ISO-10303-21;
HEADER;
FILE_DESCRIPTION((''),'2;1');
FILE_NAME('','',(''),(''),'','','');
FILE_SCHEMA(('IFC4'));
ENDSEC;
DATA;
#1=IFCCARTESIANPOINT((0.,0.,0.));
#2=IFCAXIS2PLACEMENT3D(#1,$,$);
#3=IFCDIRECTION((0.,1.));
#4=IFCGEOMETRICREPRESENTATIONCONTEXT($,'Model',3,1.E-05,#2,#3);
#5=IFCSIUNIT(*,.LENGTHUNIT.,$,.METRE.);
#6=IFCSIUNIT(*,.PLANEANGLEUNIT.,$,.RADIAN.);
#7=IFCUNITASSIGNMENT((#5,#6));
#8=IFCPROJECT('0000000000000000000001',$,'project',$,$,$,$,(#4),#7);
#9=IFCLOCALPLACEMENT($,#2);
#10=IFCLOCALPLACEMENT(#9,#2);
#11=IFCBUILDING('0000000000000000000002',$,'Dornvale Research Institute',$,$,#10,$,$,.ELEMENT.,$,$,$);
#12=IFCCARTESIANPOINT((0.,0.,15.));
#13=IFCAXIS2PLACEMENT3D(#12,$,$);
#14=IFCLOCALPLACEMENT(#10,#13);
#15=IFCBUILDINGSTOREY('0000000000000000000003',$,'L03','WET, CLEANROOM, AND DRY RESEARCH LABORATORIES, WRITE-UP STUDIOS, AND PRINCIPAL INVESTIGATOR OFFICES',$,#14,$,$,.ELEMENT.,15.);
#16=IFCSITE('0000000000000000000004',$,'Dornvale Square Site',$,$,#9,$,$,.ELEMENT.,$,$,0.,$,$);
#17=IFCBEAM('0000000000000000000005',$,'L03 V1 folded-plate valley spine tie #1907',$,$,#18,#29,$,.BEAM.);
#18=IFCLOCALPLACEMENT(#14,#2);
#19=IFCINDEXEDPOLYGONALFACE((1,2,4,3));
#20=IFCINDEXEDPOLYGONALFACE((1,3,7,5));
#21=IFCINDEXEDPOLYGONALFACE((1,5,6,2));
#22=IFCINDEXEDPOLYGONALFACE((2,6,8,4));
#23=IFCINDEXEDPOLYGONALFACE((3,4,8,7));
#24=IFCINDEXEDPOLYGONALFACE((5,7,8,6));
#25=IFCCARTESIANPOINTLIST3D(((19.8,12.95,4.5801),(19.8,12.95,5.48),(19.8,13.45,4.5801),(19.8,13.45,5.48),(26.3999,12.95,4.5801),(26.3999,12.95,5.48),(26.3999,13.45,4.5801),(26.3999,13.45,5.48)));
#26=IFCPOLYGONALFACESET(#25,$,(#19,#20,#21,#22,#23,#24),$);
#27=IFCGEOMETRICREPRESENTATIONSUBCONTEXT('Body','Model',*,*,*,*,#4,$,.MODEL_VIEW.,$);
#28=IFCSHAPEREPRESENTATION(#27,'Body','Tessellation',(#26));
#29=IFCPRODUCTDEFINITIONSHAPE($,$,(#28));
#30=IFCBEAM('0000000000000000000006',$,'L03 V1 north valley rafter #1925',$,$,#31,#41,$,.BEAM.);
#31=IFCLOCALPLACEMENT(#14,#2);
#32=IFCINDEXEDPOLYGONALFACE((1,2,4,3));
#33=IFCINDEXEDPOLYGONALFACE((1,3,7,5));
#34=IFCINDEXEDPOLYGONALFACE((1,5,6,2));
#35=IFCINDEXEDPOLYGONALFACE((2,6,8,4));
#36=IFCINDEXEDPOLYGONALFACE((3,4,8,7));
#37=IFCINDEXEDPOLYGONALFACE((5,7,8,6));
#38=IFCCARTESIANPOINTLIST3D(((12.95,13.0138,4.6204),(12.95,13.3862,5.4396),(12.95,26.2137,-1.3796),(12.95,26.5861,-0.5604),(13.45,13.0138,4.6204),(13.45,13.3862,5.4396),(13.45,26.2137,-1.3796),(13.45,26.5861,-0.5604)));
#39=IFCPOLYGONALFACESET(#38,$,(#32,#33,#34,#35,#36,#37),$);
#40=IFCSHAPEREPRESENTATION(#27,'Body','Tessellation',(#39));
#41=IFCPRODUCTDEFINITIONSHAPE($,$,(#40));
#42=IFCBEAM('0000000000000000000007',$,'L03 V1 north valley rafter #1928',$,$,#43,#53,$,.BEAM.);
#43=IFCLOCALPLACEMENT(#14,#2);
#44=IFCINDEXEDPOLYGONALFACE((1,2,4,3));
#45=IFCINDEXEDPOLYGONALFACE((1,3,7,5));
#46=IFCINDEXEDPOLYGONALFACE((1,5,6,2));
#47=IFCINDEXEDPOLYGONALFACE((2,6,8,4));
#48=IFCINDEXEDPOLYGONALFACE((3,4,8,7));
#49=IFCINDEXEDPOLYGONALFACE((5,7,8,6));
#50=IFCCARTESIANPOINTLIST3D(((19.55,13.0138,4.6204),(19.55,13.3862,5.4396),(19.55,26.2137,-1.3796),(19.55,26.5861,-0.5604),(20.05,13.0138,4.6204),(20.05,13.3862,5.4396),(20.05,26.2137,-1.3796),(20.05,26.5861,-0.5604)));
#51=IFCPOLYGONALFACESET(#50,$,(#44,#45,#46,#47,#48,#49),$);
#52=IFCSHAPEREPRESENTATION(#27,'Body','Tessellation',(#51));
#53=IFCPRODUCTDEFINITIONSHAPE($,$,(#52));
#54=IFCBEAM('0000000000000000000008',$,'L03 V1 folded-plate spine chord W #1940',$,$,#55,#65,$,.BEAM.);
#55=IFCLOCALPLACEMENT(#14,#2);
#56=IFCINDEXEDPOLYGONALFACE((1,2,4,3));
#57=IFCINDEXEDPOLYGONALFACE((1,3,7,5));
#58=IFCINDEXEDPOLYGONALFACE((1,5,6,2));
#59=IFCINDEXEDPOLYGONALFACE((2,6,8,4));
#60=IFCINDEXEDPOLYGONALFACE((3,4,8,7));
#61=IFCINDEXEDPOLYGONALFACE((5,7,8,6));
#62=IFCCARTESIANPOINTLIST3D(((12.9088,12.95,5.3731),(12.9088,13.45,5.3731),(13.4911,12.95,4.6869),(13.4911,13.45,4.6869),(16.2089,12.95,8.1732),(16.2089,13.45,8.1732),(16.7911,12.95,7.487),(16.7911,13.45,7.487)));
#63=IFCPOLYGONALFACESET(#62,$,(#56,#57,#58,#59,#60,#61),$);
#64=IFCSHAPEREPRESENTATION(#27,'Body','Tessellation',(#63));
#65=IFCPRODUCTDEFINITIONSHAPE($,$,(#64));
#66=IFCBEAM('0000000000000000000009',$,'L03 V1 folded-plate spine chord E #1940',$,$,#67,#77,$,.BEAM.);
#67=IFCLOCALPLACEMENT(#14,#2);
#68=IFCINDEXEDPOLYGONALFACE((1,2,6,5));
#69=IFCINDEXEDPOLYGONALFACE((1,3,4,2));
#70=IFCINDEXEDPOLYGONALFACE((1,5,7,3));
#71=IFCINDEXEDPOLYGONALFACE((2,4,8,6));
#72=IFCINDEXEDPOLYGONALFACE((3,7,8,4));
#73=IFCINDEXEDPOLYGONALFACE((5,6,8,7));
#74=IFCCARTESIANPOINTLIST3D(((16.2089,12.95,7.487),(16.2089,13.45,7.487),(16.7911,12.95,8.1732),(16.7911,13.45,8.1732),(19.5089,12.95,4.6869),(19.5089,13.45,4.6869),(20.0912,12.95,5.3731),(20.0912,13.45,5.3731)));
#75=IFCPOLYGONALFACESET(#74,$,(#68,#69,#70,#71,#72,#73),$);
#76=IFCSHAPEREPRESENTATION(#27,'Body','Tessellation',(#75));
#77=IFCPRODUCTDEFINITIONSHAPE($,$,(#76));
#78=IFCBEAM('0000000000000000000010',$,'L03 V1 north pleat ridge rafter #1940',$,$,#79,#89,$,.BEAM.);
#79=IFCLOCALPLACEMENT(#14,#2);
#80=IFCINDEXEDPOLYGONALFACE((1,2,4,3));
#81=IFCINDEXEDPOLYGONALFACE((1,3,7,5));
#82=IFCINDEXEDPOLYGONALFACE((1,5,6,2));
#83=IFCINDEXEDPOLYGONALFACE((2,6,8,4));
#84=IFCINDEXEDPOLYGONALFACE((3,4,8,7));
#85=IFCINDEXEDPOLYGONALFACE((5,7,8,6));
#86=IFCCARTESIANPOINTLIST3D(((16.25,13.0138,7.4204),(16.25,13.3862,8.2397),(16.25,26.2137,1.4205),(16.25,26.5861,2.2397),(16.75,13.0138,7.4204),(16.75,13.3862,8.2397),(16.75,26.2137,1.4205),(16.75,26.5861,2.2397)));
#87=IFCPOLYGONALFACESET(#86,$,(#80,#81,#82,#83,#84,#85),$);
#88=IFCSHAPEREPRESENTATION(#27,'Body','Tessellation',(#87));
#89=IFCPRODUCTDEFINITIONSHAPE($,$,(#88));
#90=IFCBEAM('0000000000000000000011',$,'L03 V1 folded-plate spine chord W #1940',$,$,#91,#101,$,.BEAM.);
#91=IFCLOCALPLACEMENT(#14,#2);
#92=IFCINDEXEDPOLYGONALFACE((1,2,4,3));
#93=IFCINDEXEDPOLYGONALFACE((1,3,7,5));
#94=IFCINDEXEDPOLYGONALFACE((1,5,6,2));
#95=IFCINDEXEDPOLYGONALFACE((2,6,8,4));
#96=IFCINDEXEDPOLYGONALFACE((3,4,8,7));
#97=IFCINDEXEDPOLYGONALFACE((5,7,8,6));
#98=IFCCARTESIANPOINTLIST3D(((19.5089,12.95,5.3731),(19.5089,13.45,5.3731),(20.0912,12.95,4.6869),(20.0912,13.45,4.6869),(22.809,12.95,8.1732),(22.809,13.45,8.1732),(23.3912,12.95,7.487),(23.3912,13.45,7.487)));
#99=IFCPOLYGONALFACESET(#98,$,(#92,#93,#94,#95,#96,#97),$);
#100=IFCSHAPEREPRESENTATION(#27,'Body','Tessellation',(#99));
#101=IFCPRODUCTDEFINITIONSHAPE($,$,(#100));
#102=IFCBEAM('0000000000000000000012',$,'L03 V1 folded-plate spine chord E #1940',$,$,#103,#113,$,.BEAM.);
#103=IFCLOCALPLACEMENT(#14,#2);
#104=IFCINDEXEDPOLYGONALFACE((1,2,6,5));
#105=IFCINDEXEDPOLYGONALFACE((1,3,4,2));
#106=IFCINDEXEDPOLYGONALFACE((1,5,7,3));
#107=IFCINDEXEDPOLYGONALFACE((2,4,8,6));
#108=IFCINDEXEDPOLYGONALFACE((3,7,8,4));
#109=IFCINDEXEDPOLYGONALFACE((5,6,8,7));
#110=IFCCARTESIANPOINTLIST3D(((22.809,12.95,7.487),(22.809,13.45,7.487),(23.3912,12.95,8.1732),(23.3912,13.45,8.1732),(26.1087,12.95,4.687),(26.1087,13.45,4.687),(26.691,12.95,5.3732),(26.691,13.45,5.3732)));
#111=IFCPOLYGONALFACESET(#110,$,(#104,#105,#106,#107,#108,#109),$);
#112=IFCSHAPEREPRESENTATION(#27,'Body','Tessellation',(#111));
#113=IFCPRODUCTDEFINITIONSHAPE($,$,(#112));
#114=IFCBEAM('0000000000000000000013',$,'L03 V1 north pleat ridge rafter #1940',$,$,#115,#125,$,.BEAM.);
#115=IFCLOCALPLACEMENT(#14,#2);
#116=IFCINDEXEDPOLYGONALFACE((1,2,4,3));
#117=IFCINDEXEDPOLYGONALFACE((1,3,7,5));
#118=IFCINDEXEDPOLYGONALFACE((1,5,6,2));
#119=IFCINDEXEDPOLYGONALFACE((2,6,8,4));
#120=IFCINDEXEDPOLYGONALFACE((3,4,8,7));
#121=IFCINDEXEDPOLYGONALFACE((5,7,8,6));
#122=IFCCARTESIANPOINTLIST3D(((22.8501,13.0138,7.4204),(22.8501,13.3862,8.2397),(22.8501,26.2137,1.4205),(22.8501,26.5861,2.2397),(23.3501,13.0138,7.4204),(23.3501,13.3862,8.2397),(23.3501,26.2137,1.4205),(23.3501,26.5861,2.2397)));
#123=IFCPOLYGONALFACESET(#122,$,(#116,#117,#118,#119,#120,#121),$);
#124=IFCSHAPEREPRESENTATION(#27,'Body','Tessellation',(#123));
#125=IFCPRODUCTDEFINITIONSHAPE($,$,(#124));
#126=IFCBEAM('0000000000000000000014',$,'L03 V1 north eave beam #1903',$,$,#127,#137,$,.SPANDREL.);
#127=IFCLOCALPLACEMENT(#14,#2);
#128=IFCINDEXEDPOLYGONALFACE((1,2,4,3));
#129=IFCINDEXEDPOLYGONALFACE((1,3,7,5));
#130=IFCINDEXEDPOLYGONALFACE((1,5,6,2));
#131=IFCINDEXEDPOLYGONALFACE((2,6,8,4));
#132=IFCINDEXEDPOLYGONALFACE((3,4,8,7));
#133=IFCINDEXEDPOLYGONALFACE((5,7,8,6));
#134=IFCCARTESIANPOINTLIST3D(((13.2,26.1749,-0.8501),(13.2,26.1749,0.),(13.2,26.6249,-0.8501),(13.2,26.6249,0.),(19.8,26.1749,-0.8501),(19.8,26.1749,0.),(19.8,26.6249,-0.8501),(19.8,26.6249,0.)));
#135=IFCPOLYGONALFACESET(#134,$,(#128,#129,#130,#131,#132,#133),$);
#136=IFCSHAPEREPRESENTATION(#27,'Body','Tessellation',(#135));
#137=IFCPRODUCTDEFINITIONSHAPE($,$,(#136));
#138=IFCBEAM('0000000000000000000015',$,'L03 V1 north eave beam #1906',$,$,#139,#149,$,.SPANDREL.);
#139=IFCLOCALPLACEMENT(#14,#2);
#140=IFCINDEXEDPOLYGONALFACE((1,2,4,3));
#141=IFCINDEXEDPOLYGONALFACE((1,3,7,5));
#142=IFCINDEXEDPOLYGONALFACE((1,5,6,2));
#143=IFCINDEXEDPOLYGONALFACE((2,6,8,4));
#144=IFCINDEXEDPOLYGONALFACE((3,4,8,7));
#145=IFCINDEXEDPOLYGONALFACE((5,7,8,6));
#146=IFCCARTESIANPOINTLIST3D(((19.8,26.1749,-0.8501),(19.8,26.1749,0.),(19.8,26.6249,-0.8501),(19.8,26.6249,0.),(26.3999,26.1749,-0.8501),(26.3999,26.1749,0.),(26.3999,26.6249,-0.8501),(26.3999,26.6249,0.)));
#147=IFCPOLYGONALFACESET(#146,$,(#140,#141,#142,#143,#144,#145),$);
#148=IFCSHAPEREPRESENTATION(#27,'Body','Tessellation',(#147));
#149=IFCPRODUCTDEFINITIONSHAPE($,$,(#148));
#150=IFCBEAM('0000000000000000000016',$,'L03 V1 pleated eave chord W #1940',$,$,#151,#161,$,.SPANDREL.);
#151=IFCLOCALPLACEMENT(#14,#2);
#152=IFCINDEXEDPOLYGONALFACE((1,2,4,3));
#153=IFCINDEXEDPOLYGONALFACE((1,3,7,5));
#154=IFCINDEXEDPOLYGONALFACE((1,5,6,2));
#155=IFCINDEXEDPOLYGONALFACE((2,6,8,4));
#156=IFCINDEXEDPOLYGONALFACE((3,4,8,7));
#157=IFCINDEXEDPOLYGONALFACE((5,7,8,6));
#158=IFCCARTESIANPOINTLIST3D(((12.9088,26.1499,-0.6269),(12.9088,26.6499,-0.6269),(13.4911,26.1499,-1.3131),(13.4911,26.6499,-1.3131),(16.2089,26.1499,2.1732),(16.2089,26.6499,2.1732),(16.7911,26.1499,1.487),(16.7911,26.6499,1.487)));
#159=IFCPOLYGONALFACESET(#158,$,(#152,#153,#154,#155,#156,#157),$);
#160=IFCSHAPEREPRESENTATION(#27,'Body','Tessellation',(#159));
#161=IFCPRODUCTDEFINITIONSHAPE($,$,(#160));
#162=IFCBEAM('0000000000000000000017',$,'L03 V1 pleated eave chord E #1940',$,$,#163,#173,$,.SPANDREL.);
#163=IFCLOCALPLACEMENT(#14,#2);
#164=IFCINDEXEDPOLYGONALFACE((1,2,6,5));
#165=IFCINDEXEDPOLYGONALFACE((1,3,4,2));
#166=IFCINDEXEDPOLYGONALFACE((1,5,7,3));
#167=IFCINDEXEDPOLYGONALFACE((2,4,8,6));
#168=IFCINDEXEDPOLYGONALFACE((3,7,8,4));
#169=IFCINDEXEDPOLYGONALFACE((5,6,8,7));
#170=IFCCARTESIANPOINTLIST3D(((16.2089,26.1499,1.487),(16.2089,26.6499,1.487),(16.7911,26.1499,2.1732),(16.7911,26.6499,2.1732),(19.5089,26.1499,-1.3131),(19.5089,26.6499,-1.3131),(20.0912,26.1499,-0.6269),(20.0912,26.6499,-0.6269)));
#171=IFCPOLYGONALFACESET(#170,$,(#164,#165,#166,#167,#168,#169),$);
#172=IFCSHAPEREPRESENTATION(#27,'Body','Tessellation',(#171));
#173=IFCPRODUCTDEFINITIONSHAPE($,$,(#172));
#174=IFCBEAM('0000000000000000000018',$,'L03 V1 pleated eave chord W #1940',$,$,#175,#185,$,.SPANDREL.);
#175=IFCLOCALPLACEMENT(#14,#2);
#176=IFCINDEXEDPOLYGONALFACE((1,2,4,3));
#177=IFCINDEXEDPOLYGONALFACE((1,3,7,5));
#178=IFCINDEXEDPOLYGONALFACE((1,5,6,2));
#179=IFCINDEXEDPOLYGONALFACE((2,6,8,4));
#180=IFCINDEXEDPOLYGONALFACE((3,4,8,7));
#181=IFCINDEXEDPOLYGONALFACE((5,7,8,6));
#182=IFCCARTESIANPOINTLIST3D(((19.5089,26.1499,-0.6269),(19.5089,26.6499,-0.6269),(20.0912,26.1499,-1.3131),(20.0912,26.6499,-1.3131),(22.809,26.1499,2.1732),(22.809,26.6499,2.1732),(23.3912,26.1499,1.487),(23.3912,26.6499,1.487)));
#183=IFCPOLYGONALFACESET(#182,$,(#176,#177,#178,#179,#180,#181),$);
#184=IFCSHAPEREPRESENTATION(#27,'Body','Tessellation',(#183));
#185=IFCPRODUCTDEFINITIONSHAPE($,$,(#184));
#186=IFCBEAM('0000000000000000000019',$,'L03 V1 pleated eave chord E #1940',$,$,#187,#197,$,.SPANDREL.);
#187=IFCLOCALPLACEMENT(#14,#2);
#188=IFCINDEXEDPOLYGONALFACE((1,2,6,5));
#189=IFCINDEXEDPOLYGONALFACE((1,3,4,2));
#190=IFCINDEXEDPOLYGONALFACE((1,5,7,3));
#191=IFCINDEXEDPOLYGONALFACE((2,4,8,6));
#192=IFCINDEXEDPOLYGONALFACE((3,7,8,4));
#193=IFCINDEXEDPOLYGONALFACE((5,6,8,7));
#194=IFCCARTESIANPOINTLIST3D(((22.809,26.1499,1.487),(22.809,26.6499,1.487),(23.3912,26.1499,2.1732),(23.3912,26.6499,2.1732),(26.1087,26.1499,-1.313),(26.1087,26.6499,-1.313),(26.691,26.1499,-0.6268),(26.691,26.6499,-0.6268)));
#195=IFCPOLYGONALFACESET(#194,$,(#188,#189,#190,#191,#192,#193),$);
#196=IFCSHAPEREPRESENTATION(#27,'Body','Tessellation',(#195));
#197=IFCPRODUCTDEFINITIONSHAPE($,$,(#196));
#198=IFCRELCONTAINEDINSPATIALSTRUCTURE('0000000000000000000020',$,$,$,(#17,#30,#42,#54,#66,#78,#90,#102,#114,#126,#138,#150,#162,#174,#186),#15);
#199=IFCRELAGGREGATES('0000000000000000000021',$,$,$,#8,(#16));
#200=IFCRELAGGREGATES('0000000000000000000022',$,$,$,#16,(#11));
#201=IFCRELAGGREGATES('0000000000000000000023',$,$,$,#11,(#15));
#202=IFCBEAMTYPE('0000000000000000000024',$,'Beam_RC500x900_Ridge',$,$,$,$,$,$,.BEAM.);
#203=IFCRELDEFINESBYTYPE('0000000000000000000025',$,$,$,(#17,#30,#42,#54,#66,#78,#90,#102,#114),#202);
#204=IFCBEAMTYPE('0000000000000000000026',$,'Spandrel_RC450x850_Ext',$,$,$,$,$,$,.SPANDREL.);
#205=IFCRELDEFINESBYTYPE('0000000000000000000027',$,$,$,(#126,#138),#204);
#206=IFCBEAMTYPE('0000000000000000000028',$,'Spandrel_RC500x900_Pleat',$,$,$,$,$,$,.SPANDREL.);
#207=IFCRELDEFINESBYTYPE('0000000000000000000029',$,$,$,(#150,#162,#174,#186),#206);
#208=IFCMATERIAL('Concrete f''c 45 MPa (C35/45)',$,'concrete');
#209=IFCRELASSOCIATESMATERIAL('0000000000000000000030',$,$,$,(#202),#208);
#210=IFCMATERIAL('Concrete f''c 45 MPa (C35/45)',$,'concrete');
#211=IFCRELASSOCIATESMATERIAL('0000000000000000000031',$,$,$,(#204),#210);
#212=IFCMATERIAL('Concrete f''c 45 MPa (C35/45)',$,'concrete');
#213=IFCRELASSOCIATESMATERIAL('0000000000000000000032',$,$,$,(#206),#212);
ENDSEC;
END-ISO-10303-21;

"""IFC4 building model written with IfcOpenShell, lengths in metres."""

from ifc_helpers import new_model, si_unit, direction, frame, origin, origin_2d, place, context, subcontext, project, spatial, rectangle, extrude, material, material_profile, profile_set, type_object, element, save


model = new_model("IFC4")

# Units and contexts
model_context = context("Model", 3, precision=1e-05, world=origin(), true_north=direction((0.0, 1.0)))
body_context = subcontext(model_context, "Body", "Model", "MODEL_VIEW")
ifc_project = project(units=[si_unit("LENGTHUNIT", "METRE"), si_unit("PLANEANGLEUNIT", "RADIAN")], contexts=[model_context])

# Site, building, storey
site_placement = place(None, origin())
site = spatial("IfcSite", under=ifc_project, at=site_placement, Name="Dornvale Square Site", CompositionType="ELEMENT", RefElevation=0.0)
building_placement = place(site_placement, origin())
building = spatial("IfcBuilding", under=site, at=building_placement, Name="Dornvale Research Institute", CompositionType="ELEMENT")
storey_placement = place(building_placement, frame((0.0, 0.0, 15.0)))
storey = spatial("IfcBuildingStorey", under=building, at=storey_placement, Name="L03", Description="WET, CLEANROOM, AND DRY RESEARCH LABORATORIES, WRITE-UP STUDIOS, AND PRINCIPAL INVESTIGATOR OFFICES", CompositionType="ELEMENT", Elevation=15.0)

# Beams
ifc_material_1 = material(Name="Concrete f'c 45 MPa (C35/45)", Category="concrete")
ifc_material_profile_1 = material_profile(ifc_material_1, rectangle(XDim=0.5, YDim=0.8999, at=origin_2d()), Name="RC 500x900")
ifc_profile_set_1 = profile_set([ifc_material_profile_1], Name="Concrete f'c 45 MPa (C35/45)")
beam_type_1 = type_object("IfcBeamType", Name="Beam_RC500x900_Ridge", PredefinedType="BEAM", material=ifc_profile_set_1)
beam_1_placement = place(storey_placement, frame((19.8, 13.2, 5.03), z_axis=(1.0, 0.0, 0.0), x_axis=(0.0, 1.0, 0.0)))
element("IfcBeam", 1, at=beam_1_placement, inside=storey, type_object=beam_type_1, Name="L03 V1 folded-plate valley spine tie #1907", PredefinedType="BEAM", context=body_context, shape_type="SweptSolid", body=[
    extrude(rectangle(XDim=0.5, YDim=0.8999, at=origin_2d()), origin(), (0.0, 0.0, 1.0), 6.5999),
])
for number, where, z_axis, x_axis, name in (
    (2, (13.2, 26.3999, -0.97), (0.0, -0.910366, 0.413804), (1.0, 0.0, 0.0), "L03 V1 north valley rafter #1925"),
    (3, (19.8, 26.3999, -0.97), (0.0, -0.910366, 0.413804), (1.0, 0.0, 0.0), "L03 V1 north valley rafter #1928"),
):
    element("IfcBeam", number, at=place(storey_placement, frame(where, z_axis=z_axis, x_axis=x_axis)), inside=storey, type_object=beam_type_1, Name=name, PredefinedType="BEAM", context=body_context, shape_type="SweptSolid", body=[
        extrude(rectangle(XDim=0.5, YDim=0.8999, at=origin_2d()), origin(), (0.0, 0.0, 1.0), 14.4995),
    ])
for number, where, z_axis, x_axis, name in (
    (4, (13.2, 13.2, 5.03), (0.762508, 0.0, 0.646978), (0.0, 1.0, 0.0), "L03 V1 folded-plate spine chord W #1940"),
    (5, (16.5, 13.2, 7.8301), (0.762508, 0.0, -0.646978), (0.0, 1.0, 0.0), "L03 V1 folded-plate spine chord E #1940"),
):
    element("IfcBeam", number, at=place(storey_placement, frame(where, z_axis=z_axis, x_axis=x_axis)), inside=storey, type_object=beam_type_1, Name=name, PredefinedType="BEAM", context=body_context, shape_type="SweptSolid", body=[
        extrude(rectangle(XDim=0.5, YDim=0.8999, at=origin_2d()), origin(), (0.0, 0.0, 1.0), 4.3279),
    ])
beam_2_placement = place(storey_placement, frame((16.5, 26.3999, 1.8301), z_axis=(0.0, -0.910366, 0.413804), x_axis=(1.0, 0.0, 0.0)))
element("IfcBeam", 6, at=beam_2_placement, inside=storey, type_object=beam_type_1, Name="L03 V1 north pleat ridge rafter #1940", PredefinedType="BEAM", context=body_context, shape_type="SweptSolid", body=[
    extrude(rectangle(XDim=0.5, YDim=0.8999, at=origin_2d()), origin(), (0.0, 0.0, 1.0), 14.4995),
])
beam_3_placement = place(storey_placement, frame((19.8, 13.2, 5.03), z_axis=(0.762508, 0.0, 0.646978), x_axis=(0.0, 1.0, 0.0)))
element("IfcBeam", 7, at=beam_3_placement, inside=storey, type_object=beam_type_1, Name="L03 V1 folded-plate spine chord W #1940", PredefinedType="BEAM", context=body_context, shape_type="SweptSolid", body=[
    extrude(rectangle(XDim=0.5, YDim=0.8999, at=origin_2d()), origin(), (0.0, 0.0, 1.0), 4.3279),
])
beam_4_placement = place(storey_placement, frame((23.1001, 13.2, 7.8301), z_axis=(0.762485, 0.0, -0.647006), x_axis=(0.0, 1.0, 0.0)))
element("IfcBeam", 8, at=beam_4_placement, inside=storey, type_object=beam_type_1, Name="L03 V1 folded-plate spine chord E #1940", PredefinedType="BEAM", context=body_context, shape_type="SweptSolid", body=[
    extrude(rectangle(XDim=0.5, YDim=0.8999, at=origin_2d()), origin(), (0.0, 0.0, 1.0), 4.3276),
])
beam_5_placement = place(storey_placement, frame((23.1001, 26.3999, 1.8301), z_axis=(0.0, -0.910366, 0.413804), x_axis=(1.0, 0.0, 0.0)))
element("IfcBeam", 9, at=beam_5_placement, inside=storey, type_object=beam_type_1, Name="L03 V1 north pleat ridge rafter #1940", PredefinedType="BEAM", context=body_context, shape_type="SweptSolid", body=[
    extrude(rectangle(XDim=0.5, YDim=0.8999, at=origin_2d()), origin(), (0.0, 0.0, 1.0), 14.4995),
])
ifc_material_2 = material(Name="Concrete f'c 45 MPa (C35/45)", Category="concrete")
ifc_material_profile_2 = material_profile(ifc_material_2, rectangle(XDim=0.45, YDim=0.8501, at=origin_2d()), Name="RC 450x850")
ifc_profile_set_2 = profile_set([ifc_material_profile_2], Name="Concrete f'c 45 MPa (C35/45)")
beam_type_2 = type_object("IfcBeamType", Name="Spandrel_RC450x850_Ext", PredefinedType="SPANDREL", material=ifc_profile_set_2)
beam_6_placement = place(storey_placement, frame((13.2, 26.3999, -0.425), z_axis=(1.0, 0.0, 0.0), x_axis=(0.0, 1.0, 0.0)))
element("IfcBeam", 10, at=beam_6_placement, inside=storey, type_object=beam_type_2, Name="L03 V1 north eave beam #1903", PredefinedType="SPANDREL", context=body_context, shape_type="SweptSolid", body=[
    extrude(rectangle(XDim=0.45, YDim=0.8501, at=origin_2d()), origin(), (0.0, 0.0, 1.0), 6.6001),
])
beam_7_placement = place(storey_placement, frame((19.8, 26.3999, -0.425), z_axis=(1.0, 0.0, 0.0), x_axis=(0.0, 1.0, 0.0)))
element("IfcBeam", 11, at=beam_7_placement, inside=storey, type_object=beam_type_2, Name="L03 V1 north eave beam #1906", PredefinedType="SPANDREL", context=body_context, shape_type="SweptSolid", body=[
    extrude(rectangle(XDim=0.45, YDim=0.8501, at=origin_2d()), origin(), (0.0, 0.0, 1.0), 6.5999),
])
ifc_material_3 = material(Name="Concrete f'c 45 MPa (C35/45)", Category="concrete")
ifc_material_profile_3 = material_profile(ifc_material_3, rectangle(XDim=0.5, YDim=0.8999, at=origin_2d()), Name="RC 500x900")
ifc_profile_set_3 = profile_set([ifc_material_profile_3], Name="Concrete f'c 45 MPa (C35/45)")
beam_type_3 = type_object("IfcBeamType", Name="Spandrel_RC500x900_Pleat", PredefinedType="SPANDREL", material=ifc_profile_set_3)
for number, where, z_axis, x_axis, name in (
    (12, (13.2, 26.3999, -0.97), (0.762508, 0.0, 0.646978), (0.0, 1.0, 0.0), "L03 V1 pleated eave chord W #1940"),
    (13, (16.5, 26.3999, 1.8301), (0.762508, 0.0, -0.646978), (0.0, 1.0, 0.0), "L03 V1 pleated eave chord E #1940"),
    (14, (19.8, 26.3999, -0.97), (0.762508, 0.0, 0.646978), (0.0, 1.0, 0.0), "L03 V1 pleated eave chord W #1940"),
):
    element("IfcBeam", number, at=place(storey_placement, frame(where, z_axis=z_axis, x_axis=x_axis)), inside=storey, type_object=beam_type_3, Name=name, PredefinedType="SPANDREL", context=body_context, shape_type="SweptSolid", body=[
        extrude(rectangle(XDim=0.5, YDim=0.8999, at=origin_2d()), origin(), (0.0, 0.0, 1.0), 4.3279),
    ])
beam_8_placement = place(storey_placement, frame((23.1001, 26.3999, 1.8301), z_axis=(0.762485, 0.0, -0.647006), x_axis=(0.0, 1.0, 0.0)))
element("IfcBeam", 15, at=beam_8_placement, inside=storey, type_object=beam_type_3, Name="L03 V1 pleated eave chord E #1940", PredefinedType="SPANDREL", context=body_context, shape_type="SweptSolid", body=[
    extrude(rectangle(XDim=0.5, YDim=0.8999, at=origin_2d()), origin(), (0.0, 0.0, 1.0), 4.3276),
])

save(model, "model.ifc")
